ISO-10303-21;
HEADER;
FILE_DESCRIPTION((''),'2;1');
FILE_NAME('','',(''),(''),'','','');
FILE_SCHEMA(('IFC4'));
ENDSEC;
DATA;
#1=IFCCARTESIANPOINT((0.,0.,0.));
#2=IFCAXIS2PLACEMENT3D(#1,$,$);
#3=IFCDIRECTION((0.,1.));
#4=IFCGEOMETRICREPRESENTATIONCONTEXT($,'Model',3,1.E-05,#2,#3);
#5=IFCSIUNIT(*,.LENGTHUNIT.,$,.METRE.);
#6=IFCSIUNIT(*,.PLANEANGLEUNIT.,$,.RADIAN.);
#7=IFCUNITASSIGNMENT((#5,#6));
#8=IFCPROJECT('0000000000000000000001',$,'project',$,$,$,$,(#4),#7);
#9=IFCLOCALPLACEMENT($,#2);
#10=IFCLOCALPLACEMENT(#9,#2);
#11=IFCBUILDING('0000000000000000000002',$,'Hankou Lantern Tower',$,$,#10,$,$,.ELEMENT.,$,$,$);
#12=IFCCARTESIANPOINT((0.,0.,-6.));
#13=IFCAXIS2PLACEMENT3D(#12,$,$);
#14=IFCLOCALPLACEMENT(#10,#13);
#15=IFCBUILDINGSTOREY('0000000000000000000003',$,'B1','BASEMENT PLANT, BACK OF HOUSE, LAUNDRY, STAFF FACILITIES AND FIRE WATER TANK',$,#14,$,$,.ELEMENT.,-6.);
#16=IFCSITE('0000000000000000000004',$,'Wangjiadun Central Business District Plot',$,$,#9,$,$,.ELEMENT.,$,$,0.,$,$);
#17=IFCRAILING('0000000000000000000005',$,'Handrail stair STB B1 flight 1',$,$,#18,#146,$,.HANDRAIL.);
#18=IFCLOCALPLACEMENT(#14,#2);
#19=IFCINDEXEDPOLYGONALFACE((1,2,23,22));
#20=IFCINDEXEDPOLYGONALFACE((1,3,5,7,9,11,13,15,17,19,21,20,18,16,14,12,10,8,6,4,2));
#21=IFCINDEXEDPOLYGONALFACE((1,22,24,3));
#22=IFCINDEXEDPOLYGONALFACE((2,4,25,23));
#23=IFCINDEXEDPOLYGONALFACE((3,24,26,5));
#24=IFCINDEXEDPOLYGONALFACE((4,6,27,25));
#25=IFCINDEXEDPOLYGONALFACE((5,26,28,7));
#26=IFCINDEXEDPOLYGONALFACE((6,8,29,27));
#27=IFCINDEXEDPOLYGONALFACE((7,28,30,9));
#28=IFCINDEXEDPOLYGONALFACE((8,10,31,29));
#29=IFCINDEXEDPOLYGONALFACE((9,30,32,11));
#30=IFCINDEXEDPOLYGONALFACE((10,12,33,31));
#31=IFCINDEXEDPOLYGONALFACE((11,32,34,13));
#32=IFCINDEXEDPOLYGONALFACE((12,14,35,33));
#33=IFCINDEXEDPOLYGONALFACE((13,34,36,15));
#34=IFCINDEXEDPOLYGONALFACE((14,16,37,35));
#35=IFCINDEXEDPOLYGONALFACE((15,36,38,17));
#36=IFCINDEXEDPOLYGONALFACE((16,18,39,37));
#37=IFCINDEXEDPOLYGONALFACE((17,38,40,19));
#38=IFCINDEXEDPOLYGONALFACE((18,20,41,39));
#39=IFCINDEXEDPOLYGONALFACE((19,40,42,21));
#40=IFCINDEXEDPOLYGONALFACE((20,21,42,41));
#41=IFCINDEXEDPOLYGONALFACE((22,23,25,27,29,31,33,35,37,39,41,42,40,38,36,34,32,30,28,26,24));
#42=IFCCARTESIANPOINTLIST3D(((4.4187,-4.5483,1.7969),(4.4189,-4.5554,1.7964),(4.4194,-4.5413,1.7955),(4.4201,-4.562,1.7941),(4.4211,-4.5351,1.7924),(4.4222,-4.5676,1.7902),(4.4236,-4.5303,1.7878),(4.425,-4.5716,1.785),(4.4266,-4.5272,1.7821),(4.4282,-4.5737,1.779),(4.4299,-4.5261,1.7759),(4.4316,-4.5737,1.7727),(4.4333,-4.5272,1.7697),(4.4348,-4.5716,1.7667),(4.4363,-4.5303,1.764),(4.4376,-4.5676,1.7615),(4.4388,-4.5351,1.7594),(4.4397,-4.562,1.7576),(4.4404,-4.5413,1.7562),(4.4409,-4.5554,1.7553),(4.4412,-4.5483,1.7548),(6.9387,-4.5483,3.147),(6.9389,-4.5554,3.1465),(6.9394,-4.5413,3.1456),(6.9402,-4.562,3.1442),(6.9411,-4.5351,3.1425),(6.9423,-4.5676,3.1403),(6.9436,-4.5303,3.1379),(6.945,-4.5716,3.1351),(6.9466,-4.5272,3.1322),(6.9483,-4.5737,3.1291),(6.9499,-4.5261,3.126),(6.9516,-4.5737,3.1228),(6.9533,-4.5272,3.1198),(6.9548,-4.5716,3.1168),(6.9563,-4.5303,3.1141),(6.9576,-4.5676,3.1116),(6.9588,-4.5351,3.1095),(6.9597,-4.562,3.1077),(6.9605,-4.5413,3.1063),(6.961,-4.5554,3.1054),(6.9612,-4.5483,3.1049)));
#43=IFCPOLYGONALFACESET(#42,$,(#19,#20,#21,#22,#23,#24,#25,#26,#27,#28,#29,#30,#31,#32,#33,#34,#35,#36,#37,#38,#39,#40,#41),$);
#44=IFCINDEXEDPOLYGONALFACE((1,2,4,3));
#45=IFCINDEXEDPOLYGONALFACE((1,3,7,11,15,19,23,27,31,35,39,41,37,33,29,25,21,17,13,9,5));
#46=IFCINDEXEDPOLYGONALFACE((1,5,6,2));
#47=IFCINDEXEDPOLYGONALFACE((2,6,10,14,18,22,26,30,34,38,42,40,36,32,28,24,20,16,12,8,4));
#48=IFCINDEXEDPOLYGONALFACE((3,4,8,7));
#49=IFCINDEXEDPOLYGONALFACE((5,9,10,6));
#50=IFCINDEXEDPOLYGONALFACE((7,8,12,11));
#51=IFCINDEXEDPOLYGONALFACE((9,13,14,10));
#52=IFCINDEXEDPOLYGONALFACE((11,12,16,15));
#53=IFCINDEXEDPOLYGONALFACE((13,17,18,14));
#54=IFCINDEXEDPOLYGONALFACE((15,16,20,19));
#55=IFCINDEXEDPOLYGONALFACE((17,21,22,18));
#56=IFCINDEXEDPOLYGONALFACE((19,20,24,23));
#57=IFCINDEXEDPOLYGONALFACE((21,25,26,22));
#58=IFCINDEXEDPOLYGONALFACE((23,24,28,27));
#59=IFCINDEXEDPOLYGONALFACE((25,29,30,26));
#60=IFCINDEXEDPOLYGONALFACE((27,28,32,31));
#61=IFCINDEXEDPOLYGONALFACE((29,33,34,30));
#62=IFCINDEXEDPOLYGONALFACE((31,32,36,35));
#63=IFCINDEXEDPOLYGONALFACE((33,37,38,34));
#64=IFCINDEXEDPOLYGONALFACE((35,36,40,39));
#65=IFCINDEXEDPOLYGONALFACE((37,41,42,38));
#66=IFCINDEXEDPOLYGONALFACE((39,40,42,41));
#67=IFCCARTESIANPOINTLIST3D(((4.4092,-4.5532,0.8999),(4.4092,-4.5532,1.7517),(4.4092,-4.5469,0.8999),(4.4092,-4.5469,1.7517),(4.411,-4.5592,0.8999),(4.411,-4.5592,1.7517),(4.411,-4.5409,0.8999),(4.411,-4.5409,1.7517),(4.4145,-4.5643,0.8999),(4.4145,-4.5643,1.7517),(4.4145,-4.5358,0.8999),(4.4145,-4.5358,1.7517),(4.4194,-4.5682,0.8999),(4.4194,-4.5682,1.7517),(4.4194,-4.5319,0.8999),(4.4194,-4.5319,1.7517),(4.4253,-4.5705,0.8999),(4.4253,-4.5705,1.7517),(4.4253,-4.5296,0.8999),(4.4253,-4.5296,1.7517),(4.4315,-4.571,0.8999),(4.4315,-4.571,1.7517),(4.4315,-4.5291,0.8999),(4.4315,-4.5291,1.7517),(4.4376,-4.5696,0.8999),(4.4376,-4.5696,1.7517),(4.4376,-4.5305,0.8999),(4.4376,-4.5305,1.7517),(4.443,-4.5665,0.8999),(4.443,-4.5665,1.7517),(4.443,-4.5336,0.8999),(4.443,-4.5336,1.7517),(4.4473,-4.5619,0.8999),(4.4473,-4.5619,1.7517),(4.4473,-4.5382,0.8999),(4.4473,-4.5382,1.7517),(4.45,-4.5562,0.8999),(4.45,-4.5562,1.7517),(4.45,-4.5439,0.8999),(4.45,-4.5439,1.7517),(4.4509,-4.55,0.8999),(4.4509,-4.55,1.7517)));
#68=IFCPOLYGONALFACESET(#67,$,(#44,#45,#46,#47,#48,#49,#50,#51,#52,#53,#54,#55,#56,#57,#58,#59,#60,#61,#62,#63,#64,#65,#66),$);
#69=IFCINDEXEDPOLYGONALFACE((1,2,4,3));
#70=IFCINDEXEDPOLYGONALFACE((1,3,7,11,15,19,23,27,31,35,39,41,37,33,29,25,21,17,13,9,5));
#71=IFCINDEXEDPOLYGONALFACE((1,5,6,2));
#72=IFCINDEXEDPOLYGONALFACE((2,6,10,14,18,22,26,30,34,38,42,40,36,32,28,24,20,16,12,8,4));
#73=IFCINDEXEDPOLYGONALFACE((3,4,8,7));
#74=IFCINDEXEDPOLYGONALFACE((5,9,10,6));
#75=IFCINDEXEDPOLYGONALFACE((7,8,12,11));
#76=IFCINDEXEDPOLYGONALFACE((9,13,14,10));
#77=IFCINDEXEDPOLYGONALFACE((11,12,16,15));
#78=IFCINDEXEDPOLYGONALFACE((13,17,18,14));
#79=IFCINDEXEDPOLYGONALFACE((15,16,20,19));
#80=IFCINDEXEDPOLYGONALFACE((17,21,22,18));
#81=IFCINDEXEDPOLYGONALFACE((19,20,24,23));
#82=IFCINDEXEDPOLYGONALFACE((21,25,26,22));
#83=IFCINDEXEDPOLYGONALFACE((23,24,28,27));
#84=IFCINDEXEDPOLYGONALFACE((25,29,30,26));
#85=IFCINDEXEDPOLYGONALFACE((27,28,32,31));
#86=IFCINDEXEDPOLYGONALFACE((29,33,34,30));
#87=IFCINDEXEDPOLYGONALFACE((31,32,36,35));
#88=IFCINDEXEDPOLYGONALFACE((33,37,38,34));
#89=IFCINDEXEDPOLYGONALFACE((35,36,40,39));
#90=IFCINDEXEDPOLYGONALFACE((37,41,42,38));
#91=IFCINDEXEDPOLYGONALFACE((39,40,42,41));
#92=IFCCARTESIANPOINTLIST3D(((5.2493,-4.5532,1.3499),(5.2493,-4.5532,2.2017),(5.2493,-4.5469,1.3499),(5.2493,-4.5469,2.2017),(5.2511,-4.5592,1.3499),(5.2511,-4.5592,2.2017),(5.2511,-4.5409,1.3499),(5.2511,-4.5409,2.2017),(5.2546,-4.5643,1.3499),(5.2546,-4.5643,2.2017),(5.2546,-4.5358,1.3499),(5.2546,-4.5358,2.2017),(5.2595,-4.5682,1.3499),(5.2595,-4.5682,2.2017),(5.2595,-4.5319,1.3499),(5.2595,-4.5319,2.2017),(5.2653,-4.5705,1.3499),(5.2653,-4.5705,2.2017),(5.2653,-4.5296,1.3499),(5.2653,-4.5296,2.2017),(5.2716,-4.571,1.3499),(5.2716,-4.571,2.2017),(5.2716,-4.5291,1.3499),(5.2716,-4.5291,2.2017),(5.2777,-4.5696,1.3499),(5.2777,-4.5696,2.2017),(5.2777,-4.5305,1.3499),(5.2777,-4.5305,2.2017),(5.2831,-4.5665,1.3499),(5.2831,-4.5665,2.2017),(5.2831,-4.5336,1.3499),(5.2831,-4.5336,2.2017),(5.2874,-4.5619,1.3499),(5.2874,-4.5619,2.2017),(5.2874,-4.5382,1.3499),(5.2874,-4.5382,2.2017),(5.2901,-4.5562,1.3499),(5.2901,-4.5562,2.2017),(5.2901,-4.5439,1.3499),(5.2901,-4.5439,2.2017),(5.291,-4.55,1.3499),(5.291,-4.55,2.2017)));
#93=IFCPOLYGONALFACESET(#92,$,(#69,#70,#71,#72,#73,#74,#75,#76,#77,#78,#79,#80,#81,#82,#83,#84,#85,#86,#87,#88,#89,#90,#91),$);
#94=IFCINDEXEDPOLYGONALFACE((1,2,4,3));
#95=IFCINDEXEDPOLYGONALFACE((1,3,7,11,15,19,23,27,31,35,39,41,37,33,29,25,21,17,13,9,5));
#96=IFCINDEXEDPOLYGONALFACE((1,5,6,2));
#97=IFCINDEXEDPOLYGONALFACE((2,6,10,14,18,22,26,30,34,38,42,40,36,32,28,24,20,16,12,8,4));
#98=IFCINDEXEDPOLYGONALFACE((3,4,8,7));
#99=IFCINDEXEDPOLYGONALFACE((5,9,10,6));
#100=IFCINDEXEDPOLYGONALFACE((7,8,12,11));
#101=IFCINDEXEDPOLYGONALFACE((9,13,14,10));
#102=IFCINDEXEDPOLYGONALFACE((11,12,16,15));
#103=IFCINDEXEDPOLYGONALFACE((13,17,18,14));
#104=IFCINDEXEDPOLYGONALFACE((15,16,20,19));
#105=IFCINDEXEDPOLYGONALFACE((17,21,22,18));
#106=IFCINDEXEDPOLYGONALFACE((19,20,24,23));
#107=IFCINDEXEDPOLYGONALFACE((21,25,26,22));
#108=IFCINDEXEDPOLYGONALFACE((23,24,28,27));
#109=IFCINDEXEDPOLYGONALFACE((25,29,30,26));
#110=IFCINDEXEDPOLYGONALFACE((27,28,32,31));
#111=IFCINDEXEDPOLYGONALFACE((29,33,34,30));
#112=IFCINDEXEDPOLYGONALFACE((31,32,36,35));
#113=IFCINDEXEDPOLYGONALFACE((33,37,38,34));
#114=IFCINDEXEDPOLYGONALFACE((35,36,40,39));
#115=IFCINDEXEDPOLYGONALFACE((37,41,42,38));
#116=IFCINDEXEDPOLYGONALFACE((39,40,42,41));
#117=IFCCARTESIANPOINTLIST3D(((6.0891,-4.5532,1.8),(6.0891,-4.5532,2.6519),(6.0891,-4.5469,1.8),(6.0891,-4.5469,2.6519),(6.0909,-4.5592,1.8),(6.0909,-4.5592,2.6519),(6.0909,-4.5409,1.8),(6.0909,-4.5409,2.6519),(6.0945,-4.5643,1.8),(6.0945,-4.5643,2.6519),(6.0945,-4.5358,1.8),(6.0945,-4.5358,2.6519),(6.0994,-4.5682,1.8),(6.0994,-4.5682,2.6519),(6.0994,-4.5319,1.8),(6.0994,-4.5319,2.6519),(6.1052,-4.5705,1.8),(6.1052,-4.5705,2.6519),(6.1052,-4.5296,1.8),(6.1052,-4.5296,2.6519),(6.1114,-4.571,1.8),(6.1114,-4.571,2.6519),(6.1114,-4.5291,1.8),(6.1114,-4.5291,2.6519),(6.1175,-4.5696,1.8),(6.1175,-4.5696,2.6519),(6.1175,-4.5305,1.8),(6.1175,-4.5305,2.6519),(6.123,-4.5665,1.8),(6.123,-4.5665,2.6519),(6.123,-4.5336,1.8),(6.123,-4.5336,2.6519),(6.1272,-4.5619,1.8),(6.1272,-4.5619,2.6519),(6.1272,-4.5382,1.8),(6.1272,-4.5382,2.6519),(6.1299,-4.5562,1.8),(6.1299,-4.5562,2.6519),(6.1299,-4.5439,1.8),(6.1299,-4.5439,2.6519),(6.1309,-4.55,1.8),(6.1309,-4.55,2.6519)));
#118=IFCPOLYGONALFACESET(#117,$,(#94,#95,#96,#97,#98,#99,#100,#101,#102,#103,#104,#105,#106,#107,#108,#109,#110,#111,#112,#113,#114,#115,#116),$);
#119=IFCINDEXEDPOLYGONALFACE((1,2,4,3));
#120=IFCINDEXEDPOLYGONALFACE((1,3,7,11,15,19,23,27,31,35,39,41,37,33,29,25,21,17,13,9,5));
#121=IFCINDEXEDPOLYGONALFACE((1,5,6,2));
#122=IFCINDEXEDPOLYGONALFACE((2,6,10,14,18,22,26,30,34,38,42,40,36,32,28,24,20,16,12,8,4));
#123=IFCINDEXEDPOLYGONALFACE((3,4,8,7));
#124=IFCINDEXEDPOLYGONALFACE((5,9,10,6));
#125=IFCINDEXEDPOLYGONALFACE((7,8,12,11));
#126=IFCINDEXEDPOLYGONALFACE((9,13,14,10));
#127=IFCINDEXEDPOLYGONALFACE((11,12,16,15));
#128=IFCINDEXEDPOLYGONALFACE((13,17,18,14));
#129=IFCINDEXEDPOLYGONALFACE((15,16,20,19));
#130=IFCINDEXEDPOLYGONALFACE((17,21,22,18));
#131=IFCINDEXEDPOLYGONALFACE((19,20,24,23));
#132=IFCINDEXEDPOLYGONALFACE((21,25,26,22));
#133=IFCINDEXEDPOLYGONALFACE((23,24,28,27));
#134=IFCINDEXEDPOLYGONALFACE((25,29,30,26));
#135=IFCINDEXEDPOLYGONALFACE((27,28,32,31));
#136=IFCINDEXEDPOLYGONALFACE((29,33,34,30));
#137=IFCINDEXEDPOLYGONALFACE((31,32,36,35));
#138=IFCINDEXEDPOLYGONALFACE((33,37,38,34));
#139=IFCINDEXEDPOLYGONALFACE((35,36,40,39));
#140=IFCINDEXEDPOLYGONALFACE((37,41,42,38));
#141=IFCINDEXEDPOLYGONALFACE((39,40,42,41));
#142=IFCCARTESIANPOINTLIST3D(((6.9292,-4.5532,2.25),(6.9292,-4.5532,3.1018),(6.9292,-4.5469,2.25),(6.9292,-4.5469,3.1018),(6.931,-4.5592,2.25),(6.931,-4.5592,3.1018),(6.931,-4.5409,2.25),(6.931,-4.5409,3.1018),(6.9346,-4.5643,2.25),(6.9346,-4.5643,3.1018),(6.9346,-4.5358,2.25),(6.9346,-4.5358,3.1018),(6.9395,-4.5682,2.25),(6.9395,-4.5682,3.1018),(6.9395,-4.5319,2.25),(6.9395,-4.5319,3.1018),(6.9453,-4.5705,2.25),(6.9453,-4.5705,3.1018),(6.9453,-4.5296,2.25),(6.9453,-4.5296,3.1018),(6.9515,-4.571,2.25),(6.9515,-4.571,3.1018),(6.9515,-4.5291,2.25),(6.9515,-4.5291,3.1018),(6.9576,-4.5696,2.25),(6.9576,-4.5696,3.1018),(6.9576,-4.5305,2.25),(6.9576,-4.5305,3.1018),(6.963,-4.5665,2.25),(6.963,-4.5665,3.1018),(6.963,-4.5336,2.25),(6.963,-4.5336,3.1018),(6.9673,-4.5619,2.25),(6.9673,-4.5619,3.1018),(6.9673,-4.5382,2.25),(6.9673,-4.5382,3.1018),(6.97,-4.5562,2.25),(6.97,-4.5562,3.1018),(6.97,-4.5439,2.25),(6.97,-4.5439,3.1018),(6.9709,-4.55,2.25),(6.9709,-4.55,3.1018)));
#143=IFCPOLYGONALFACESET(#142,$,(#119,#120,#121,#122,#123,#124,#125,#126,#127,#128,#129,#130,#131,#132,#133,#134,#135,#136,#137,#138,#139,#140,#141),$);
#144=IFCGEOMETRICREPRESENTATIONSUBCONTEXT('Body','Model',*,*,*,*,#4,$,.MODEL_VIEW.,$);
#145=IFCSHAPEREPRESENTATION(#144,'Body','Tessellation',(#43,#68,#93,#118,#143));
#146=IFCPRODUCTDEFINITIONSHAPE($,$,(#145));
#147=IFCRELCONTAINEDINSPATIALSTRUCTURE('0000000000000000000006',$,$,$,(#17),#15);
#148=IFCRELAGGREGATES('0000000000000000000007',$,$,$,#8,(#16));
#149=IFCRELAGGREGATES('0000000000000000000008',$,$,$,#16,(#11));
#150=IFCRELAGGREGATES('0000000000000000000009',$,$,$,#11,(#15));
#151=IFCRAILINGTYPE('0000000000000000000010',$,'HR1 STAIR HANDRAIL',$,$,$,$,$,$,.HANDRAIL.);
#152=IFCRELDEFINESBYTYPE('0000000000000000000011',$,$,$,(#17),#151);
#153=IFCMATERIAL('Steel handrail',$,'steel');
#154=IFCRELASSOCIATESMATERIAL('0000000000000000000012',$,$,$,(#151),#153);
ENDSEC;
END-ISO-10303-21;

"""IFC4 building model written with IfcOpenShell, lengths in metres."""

from ifc_helpers import new_model, si_unit, direction, frame, origin, origin_2d, place, context, subcontext, project, spatial, circle, extrude, material, type_object, element, save


model = new_model("IFC4")

# Units and contexts
model_context = context("Model", 3, precision=1e-05, world=origin(), true_north=direction((0.0, 1.0)))
body_context = subcontext(model_context, "Body", "Model", "MODEL_VIEW")
ifc_project = project(units=[si_unit("LENGTHUNIT", "METRE"), si_unit("PLANEANGLEUNIT", "RADIAN")], contexts=[model_context])

# Site, building, storey
site_placement = place(None, origin())
site = spatial("IfcSite", under=ifc_project, at=site_placement, Name="Wangjiadun Central Business District Plot", CompositionType="ELEMENT", RefElevation=0.0)
building_placement = place(site_placement, origin())
building = spatial("IfcBuilding", under=site, at=building_placement, Name="Hankou Lantern Tower", CompositionType="ELEMENT")
storey_placement = place(building_placement, frame((0.0, 0.0, -6.0)))
storey = spatial("IfcBuildingStorey", under=building, at=storey_placement, Name="B1", Description="BASEMENT PLANT, BACK OF HOUSE, LAUNDRY, STAFF FACILITIES AND FIRE WATER TANK", CompositionType="ELEMENT", Elevation=-6.0)

# Railing
ifc_material_1 = material(Name="Steel handrail", Category="steel")
railing_type = type_object("IfcRailingType", Name="HR1 STAIR HANDRAIL", PredefinedType="HANDRAIL", material=ifc_material_1)
for number, where, name in (
    (1, (4.4299, -4.55, 0.8999), "Handrail stair STB B1 flight 1"),
):
    element("IfcRailing", number, at=place(storey_placement, frame(where)), inside=storey, type_object=railing_type, Name=name, PredefinedType="HANDRAIL", context=body_context, shape_type="SweptSolid", body=[
        extrude(circle(Radius=0.0239, at=origin_2d()), frame((0.0, 0.0, 0.876), z_axis=(0.881467, 0.0, 0.472245), x_axis=(0.0, 1.0, 0.0)), (0.0, 0.0, 1.0), 2.8589),
        extrude(circle(Radius=0.021, at=origin_2d()), origin(), (0.0, 0.0, 1.0), 0.8518),
        extrude(circle(Radius=0.021, at=origin_2d()), frame((0.8401, 0.0, 0.45)), (0.0, 0.0, 1.0), 0.8518),
        extrude(circle(Radius=0.021, at=origin_2d()), frame((1.6799, 0.0, 0.9001)), (0.0, 0.0, 1.0), 0.8518),
        extrude(circle(Radius=0.021, at=origin_2d()), frame((2.52, 0.0, 1.3501)), (0.0, 0.0, 1.0), 0.8518),
    ])

save(model, "model.ifc")
